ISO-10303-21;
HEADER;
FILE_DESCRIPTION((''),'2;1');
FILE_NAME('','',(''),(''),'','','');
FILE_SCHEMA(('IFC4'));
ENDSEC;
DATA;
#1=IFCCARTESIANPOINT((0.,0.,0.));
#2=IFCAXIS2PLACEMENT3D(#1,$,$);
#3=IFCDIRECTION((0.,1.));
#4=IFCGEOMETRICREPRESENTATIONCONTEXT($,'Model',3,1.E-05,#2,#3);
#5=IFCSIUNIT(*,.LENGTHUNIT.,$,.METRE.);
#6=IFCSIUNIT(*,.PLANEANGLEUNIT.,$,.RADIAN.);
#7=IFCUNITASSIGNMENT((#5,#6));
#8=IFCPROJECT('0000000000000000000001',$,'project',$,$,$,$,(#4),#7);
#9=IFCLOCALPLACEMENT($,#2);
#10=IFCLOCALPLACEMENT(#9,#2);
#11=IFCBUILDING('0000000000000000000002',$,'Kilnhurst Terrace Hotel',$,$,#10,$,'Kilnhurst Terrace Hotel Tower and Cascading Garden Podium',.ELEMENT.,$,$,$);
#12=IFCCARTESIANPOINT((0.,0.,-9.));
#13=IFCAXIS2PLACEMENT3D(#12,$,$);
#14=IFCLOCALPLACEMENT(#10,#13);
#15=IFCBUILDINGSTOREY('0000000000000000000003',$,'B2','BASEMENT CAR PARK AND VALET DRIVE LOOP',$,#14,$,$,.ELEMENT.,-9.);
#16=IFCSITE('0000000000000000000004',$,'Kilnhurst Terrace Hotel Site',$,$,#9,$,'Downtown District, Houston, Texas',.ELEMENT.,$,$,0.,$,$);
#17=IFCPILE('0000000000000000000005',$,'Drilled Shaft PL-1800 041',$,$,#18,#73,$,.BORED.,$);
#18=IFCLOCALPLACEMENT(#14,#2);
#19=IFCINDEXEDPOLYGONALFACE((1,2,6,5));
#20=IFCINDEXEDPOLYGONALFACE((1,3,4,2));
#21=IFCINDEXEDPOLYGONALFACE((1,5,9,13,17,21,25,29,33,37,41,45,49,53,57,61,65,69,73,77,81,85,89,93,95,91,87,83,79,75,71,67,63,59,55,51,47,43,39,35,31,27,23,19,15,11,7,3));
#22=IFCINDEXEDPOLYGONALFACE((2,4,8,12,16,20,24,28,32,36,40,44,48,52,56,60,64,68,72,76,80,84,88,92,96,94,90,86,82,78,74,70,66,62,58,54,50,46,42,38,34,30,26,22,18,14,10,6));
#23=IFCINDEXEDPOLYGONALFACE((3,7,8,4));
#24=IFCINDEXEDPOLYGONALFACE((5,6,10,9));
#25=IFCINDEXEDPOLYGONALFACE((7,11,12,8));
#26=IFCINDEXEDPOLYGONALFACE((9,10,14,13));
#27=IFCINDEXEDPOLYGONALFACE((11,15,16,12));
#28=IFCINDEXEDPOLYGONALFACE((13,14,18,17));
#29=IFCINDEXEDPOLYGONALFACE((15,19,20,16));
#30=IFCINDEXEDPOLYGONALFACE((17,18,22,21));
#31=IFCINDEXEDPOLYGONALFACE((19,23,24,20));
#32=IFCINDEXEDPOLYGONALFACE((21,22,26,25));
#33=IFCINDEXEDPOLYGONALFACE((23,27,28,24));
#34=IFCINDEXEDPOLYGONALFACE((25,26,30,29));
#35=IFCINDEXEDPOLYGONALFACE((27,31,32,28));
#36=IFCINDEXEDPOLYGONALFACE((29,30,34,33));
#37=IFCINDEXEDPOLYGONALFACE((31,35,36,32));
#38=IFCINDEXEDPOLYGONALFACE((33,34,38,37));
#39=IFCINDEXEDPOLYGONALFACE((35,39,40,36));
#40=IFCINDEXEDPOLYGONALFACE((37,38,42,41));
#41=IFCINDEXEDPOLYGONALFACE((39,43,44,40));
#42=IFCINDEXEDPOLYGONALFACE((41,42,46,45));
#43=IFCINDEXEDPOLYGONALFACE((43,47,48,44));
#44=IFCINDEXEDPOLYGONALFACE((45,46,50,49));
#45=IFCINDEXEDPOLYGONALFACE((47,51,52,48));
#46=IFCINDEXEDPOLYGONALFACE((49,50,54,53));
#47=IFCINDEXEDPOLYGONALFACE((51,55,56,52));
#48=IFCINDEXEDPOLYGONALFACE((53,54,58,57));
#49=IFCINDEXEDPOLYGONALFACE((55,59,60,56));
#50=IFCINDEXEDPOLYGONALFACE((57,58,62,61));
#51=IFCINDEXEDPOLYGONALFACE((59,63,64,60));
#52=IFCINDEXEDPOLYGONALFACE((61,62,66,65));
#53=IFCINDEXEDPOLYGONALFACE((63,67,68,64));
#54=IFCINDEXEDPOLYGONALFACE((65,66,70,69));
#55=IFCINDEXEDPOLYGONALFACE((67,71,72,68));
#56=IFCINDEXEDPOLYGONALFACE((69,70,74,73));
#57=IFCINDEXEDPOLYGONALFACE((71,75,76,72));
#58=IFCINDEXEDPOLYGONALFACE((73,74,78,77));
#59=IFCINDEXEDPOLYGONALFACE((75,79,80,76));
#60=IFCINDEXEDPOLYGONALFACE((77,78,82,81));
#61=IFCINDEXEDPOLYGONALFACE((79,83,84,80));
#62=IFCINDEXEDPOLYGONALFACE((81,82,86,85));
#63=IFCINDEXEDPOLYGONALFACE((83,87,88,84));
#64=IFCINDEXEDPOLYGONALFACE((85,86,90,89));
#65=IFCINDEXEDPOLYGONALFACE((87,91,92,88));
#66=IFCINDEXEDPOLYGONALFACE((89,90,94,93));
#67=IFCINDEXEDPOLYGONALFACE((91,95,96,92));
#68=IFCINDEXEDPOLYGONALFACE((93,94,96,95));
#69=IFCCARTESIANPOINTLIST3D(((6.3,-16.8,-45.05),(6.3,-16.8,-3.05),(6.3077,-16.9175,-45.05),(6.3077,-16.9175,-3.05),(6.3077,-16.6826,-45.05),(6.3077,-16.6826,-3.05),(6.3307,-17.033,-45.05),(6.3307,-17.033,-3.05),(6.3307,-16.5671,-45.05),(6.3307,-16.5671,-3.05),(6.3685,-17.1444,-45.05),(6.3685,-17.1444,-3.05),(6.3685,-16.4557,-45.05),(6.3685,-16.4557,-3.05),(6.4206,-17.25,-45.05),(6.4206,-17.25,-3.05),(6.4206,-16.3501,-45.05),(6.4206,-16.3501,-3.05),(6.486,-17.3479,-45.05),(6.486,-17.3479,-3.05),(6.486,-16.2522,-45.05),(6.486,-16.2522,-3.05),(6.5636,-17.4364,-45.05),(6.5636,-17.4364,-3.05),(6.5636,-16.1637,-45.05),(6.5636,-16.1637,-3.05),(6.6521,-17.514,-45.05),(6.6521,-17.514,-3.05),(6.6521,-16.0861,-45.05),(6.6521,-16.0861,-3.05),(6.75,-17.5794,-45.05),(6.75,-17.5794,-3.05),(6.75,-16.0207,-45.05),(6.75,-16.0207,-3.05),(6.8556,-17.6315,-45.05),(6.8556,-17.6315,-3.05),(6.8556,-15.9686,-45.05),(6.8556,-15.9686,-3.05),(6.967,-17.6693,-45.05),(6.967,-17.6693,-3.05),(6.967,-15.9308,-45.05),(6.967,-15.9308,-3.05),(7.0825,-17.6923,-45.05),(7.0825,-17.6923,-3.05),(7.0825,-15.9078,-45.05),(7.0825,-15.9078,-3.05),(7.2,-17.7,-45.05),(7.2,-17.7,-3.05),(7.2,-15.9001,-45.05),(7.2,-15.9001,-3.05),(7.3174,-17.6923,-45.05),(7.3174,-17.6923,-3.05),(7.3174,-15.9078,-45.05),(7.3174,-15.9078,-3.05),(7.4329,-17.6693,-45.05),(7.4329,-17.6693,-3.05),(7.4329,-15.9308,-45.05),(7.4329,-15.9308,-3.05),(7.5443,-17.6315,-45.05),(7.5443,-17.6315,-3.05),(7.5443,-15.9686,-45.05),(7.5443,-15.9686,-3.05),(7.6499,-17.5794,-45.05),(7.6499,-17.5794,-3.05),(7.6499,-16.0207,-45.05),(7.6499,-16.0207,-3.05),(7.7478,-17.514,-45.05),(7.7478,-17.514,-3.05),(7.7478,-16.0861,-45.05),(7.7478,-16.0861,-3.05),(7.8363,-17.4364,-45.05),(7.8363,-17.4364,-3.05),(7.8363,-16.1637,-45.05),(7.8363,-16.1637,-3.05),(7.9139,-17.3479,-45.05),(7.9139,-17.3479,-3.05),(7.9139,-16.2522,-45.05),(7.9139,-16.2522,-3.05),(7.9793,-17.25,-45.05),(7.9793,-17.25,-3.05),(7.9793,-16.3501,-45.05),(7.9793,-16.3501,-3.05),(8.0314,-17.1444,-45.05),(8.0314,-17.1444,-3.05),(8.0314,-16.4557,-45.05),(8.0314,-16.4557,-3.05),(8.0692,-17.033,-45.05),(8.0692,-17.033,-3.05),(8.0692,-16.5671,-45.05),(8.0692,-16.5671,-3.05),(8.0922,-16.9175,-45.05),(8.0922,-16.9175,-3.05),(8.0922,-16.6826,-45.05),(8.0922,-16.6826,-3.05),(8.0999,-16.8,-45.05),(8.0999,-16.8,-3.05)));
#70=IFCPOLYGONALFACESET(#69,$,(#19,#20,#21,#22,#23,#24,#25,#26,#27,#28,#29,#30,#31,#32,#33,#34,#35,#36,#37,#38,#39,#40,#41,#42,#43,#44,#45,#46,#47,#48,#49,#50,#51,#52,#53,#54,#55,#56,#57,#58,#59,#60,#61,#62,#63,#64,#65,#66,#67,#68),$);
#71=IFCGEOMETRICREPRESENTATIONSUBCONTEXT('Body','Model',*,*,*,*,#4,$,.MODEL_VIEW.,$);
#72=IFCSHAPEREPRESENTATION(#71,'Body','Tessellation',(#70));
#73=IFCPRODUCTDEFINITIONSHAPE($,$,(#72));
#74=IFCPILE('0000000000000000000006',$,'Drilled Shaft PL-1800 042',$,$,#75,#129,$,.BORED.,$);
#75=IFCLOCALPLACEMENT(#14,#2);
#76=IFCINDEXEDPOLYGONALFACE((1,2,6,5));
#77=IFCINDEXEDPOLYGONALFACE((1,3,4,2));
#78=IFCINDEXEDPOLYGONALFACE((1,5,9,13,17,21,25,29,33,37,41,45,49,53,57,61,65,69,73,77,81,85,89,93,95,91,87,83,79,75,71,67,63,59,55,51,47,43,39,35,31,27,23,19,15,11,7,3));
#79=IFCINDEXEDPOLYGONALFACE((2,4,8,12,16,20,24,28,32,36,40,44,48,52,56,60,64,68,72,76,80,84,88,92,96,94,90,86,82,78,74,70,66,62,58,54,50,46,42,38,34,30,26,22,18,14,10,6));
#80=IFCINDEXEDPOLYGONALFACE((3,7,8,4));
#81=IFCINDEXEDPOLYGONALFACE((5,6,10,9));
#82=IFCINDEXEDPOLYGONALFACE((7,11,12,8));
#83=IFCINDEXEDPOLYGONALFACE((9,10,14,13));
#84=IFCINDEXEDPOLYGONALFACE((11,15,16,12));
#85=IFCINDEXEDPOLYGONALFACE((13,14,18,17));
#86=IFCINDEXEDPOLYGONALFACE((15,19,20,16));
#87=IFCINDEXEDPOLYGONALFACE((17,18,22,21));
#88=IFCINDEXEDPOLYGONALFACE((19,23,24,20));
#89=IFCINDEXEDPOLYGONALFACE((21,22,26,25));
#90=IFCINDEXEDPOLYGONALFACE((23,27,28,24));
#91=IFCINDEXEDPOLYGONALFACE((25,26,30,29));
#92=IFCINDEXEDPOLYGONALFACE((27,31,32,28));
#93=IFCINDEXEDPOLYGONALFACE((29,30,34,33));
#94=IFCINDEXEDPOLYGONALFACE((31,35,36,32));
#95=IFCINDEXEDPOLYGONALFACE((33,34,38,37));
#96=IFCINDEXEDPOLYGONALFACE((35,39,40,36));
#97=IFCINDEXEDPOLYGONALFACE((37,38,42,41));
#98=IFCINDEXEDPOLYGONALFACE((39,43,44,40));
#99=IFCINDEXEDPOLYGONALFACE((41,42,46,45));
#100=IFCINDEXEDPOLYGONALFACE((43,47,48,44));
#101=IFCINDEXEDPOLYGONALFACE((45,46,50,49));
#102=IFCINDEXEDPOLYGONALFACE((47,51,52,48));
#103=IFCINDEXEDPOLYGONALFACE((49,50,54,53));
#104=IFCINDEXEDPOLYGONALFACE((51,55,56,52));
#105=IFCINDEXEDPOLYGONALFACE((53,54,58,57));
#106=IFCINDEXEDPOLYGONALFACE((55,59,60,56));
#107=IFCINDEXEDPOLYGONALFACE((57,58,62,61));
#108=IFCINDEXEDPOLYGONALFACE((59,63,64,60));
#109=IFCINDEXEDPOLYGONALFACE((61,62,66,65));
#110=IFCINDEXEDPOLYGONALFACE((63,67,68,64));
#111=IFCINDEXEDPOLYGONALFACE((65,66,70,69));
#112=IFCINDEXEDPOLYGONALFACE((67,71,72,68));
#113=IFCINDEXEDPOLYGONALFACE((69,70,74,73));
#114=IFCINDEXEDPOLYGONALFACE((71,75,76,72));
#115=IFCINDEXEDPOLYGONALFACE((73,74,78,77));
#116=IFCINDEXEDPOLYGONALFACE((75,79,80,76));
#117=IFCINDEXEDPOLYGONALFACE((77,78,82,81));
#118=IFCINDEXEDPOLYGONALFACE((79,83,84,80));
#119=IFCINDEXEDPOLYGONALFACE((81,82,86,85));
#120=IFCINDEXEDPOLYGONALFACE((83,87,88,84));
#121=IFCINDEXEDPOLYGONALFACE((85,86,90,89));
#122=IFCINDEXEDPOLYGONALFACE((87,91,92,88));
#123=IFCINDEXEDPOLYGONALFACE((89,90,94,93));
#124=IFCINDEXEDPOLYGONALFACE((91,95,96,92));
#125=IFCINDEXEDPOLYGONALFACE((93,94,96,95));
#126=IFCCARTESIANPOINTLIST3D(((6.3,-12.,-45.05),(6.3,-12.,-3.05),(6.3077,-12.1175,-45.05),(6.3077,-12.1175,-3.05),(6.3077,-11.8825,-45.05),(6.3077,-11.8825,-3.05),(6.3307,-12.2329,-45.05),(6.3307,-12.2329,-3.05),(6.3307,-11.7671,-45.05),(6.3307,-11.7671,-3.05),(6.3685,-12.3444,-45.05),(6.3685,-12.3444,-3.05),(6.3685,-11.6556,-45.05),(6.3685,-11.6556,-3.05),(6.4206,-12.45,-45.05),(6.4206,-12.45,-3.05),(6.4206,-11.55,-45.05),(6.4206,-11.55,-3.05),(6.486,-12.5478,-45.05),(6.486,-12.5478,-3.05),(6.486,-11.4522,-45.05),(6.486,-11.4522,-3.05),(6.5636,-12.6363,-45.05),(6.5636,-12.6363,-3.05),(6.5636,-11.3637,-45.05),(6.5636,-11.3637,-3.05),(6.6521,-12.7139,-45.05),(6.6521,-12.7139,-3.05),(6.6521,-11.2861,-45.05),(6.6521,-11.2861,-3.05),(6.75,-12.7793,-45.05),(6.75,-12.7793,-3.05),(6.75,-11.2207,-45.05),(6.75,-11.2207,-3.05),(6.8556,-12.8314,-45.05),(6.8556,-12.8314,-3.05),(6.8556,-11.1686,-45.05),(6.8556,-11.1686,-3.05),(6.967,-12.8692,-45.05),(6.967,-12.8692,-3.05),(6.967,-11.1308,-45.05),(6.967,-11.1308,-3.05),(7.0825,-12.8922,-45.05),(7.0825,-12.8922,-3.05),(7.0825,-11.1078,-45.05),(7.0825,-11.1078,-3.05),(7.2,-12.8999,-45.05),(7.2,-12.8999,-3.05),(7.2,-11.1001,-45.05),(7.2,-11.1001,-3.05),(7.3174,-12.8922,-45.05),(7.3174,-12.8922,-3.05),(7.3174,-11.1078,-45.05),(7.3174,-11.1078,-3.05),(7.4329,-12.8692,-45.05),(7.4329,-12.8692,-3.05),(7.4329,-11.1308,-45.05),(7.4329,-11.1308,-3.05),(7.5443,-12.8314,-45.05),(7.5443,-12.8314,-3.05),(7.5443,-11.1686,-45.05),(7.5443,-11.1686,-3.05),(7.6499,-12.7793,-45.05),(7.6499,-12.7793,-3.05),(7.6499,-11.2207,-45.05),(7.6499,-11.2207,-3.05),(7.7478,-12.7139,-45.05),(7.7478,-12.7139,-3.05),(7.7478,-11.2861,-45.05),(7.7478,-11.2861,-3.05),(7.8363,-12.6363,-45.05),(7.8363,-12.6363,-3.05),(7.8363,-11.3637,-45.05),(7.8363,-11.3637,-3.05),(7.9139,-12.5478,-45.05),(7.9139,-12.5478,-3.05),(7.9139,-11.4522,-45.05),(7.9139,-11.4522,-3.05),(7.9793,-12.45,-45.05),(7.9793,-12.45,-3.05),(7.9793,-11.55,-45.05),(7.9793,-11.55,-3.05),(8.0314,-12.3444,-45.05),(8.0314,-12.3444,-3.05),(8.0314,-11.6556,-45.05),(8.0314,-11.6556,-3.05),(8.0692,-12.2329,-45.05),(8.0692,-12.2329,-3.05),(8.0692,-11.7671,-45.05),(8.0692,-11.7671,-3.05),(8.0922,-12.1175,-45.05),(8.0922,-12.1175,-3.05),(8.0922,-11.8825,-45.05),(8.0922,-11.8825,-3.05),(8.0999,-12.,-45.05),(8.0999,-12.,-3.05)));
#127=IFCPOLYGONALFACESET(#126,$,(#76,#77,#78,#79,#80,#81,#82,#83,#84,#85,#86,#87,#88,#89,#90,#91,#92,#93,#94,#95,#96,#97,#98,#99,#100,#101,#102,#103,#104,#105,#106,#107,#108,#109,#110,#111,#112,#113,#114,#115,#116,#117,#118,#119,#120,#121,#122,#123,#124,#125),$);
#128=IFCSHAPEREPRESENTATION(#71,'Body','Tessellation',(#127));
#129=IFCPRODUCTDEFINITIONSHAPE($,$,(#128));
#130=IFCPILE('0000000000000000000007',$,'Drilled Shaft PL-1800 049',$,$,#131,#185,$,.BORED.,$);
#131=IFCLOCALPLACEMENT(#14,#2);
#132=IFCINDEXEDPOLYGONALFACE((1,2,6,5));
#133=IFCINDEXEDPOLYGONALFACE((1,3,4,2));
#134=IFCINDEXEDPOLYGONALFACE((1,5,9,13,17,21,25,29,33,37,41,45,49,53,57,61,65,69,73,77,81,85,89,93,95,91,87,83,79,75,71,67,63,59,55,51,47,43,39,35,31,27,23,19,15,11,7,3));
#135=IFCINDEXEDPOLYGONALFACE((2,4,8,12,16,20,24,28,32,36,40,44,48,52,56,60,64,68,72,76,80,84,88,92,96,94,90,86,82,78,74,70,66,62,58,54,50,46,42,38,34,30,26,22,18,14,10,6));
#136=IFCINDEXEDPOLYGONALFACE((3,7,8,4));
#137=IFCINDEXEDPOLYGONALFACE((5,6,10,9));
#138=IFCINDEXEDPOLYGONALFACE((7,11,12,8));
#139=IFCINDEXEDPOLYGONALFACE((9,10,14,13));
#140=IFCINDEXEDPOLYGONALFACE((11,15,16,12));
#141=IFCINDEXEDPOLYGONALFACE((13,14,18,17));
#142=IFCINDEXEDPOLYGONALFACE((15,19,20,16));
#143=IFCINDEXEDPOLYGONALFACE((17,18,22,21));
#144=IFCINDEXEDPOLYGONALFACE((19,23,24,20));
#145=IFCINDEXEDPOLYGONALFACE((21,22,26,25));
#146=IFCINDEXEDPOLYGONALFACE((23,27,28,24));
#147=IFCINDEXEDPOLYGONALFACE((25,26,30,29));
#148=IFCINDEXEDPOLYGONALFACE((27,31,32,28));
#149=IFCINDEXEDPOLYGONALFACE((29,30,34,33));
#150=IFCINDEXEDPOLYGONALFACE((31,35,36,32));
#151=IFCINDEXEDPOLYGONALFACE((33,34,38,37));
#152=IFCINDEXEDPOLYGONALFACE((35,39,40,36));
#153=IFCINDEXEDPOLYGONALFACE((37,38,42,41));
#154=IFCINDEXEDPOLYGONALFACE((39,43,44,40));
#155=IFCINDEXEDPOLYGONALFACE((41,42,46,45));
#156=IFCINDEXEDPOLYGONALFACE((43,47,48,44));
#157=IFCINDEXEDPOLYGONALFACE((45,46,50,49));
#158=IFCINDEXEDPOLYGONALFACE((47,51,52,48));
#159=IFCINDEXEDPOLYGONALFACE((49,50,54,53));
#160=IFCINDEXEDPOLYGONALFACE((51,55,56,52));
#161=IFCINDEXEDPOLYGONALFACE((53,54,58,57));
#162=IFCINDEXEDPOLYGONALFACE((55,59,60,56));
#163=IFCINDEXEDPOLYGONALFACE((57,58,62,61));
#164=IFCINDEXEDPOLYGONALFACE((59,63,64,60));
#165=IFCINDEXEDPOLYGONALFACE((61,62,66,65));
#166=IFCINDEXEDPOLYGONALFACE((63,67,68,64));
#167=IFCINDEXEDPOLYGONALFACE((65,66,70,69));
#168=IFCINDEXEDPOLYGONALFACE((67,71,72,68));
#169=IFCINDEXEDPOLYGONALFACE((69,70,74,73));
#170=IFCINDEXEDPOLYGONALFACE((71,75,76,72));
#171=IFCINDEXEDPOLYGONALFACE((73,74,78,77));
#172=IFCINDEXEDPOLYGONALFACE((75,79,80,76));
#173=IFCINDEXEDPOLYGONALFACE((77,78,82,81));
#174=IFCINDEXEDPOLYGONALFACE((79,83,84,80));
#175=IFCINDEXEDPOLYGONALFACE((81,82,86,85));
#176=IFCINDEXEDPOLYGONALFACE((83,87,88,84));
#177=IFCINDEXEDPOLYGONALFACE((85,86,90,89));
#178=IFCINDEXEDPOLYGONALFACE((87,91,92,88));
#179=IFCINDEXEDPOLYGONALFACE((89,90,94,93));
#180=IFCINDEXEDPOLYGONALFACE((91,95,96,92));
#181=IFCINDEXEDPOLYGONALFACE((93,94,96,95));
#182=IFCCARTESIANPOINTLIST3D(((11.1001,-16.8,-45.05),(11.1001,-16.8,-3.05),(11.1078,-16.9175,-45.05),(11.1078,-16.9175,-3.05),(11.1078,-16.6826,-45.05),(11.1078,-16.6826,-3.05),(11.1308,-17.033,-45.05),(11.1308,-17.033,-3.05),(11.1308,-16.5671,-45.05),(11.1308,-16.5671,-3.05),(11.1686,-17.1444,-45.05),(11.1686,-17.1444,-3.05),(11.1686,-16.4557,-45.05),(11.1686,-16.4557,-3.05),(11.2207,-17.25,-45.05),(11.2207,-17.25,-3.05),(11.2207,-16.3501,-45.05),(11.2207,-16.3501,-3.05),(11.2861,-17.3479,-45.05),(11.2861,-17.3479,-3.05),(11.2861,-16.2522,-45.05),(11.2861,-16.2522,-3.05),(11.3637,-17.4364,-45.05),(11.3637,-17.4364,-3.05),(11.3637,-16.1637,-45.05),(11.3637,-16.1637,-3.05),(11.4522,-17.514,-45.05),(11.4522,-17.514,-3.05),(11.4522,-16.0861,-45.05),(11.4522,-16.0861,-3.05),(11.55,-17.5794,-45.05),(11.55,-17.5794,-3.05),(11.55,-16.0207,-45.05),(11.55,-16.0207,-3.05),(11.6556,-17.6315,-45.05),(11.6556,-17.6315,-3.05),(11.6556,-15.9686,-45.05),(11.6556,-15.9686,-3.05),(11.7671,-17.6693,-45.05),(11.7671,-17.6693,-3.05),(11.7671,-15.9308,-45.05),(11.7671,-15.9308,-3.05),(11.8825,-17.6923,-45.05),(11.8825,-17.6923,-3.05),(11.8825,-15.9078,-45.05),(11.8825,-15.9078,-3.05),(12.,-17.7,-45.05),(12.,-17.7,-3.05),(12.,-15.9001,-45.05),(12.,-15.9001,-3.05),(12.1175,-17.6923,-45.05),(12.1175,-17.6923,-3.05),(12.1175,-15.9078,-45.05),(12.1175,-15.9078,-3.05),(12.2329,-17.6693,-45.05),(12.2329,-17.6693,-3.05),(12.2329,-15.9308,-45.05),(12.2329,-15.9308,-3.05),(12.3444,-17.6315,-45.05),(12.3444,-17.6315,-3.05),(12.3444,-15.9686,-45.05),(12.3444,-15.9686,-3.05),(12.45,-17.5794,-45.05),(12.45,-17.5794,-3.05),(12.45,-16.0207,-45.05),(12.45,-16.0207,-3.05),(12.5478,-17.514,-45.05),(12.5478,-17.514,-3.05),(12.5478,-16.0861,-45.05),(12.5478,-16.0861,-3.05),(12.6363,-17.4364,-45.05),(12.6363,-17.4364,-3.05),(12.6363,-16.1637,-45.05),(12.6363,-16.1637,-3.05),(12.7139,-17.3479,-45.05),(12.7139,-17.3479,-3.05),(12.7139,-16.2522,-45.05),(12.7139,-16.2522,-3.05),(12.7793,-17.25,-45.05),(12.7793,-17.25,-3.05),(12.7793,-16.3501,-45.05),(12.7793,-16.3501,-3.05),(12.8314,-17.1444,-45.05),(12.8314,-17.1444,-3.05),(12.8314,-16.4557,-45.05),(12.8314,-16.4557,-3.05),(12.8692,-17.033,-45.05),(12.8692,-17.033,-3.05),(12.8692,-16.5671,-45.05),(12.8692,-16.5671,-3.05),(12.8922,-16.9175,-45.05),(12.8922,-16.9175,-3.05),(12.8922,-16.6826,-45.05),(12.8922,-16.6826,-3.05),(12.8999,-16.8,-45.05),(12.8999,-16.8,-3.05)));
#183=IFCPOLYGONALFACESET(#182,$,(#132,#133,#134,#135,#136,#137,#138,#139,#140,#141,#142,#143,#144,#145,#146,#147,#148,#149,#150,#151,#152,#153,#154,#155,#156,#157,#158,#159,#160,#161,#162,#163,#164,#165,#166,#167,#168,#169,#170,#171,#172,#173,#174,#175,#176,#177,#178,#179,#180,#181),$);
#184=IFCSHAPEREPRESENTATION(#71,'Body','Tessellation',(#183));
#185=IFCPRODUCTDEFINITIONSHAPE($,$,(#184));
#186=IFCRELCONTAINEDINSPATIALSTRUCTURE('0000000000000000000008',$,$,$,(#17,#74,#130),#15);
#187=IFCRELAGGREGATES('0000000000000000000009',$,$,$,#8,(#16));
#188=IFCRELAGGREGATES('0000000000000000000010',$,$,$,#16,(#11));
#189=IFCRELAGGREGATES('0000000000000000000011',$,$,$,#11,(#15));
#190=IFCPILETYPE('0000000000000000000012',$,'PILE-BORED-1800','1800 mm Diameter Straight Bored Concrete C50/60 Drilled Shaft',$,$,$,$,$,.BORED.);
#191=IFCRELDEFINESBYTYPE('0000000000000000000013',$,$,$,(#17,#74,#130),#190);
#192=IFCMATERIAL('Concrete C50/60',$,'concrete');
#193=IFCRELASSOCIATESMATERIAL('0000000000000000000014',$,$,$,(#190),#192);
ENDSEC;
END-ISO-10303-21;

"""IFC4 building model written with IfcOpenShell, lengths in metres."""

from ifc_helpers import new_model, si_unit, direction, frame, origin, origin_2d, place, context, subcontext, project, spatial, circle, extrude, material, material_profile, profile_set, type_object, element, save


model = new_model("IFC4")

# Units and contexts
model_context = context("Model", 3, precision=1e-05, world=origin(), true_north=direction((0.0, 1.0)))
body_context = subcontext(model_context, "Body", "Model", "MODEL_VIEW")
ifc_project = project(units=[si_unit("LENGTHUNIT", "METRE"), si_unit("PLANEANGLEUNIT", "RADIAN")], contexts=[model_context])

# Site, building, storey
site_placement = place(None, origin())
site = spatial("IfcSite", under=ifc_project, at=site_placement, Name="Kilnhurst Terrace Hotel Site", LongName="Downtown District, Houston, Texas", CompositionType="ELEMENT", RefElevation=0.0)
building_placement = place(site_placement, origin())
building = spatial("IfcBuilding", under=site, at=building_placement, Name="Kilnhurst Terrace Hotel", LongName="Kilnhurst Terrace Hotel Tower and Cascading Garden Podium", CompositionType="ELEMENT")
storey_placement = place(building_placement, frame((0.0, 0.0, -9.0)))
storey = spatial("IfcBuildingStorey", under=building, at=storey_placement, Name="B2", Description="BASEMENT CAR PARK AND VALET DRIVE LOOP", CompositionType="ELEMENT", Elevation=-9.0)

# Piles
ifc_material_1 = material(Name="Concrete C50/60", Category="concrete")
ifc_material_profile_1 = material_profile(ifc_material_1, circle(Radius=0.8999, at=origin_2d()), Name="PILE1800")
ifc_profile_set_1 = profile_set([ifc_material_profile_1], Name="Concrete C50/60")
pile_type_1 = type_object("IfcPileType", Name="PILE-BORED-1800", Description="1800 mm Diameter Straight Bored Concrete C50/60 Drilled Shaft", PredefinedType="BORED", material=ifc_profile_set_1)
for number, where, z_axis, x_axis, name in (
    (1, (7.2, -16.8, -3.05), (0.0, 0.0, -1.0), (1.0, 0.0, 0.0), "Drilled Shaft PL-1800 041"),
    (2, (7.2, -12.0, -3.05), (0.0, 0.0, -1.0), (1.0, 0.0, 0.0), "Drilled Shaft PL-1800 042"),
    (3, (12.0, -16.8, -3.05), (0.0, 0.0, -1.0), (1.0, 0.0, 0.0), "Drilled Shaft PL-1800 049"),
):
    element("IfcPile", number, at=place(storey_placement, frame(where, z_axis=z_axis, x_axis=x_axis)), inside=storey, type_object=pile_type_1, Name=name, PredefinedType="BORED", context=body_context, shape_type="SweptSolid", body=[
        extrude(circle(Radius=0.8999, at=origin_2d()), origin(), (0.0, 0.0, 1.0), 42.0),
    ])

save(model, "model.ifc")
